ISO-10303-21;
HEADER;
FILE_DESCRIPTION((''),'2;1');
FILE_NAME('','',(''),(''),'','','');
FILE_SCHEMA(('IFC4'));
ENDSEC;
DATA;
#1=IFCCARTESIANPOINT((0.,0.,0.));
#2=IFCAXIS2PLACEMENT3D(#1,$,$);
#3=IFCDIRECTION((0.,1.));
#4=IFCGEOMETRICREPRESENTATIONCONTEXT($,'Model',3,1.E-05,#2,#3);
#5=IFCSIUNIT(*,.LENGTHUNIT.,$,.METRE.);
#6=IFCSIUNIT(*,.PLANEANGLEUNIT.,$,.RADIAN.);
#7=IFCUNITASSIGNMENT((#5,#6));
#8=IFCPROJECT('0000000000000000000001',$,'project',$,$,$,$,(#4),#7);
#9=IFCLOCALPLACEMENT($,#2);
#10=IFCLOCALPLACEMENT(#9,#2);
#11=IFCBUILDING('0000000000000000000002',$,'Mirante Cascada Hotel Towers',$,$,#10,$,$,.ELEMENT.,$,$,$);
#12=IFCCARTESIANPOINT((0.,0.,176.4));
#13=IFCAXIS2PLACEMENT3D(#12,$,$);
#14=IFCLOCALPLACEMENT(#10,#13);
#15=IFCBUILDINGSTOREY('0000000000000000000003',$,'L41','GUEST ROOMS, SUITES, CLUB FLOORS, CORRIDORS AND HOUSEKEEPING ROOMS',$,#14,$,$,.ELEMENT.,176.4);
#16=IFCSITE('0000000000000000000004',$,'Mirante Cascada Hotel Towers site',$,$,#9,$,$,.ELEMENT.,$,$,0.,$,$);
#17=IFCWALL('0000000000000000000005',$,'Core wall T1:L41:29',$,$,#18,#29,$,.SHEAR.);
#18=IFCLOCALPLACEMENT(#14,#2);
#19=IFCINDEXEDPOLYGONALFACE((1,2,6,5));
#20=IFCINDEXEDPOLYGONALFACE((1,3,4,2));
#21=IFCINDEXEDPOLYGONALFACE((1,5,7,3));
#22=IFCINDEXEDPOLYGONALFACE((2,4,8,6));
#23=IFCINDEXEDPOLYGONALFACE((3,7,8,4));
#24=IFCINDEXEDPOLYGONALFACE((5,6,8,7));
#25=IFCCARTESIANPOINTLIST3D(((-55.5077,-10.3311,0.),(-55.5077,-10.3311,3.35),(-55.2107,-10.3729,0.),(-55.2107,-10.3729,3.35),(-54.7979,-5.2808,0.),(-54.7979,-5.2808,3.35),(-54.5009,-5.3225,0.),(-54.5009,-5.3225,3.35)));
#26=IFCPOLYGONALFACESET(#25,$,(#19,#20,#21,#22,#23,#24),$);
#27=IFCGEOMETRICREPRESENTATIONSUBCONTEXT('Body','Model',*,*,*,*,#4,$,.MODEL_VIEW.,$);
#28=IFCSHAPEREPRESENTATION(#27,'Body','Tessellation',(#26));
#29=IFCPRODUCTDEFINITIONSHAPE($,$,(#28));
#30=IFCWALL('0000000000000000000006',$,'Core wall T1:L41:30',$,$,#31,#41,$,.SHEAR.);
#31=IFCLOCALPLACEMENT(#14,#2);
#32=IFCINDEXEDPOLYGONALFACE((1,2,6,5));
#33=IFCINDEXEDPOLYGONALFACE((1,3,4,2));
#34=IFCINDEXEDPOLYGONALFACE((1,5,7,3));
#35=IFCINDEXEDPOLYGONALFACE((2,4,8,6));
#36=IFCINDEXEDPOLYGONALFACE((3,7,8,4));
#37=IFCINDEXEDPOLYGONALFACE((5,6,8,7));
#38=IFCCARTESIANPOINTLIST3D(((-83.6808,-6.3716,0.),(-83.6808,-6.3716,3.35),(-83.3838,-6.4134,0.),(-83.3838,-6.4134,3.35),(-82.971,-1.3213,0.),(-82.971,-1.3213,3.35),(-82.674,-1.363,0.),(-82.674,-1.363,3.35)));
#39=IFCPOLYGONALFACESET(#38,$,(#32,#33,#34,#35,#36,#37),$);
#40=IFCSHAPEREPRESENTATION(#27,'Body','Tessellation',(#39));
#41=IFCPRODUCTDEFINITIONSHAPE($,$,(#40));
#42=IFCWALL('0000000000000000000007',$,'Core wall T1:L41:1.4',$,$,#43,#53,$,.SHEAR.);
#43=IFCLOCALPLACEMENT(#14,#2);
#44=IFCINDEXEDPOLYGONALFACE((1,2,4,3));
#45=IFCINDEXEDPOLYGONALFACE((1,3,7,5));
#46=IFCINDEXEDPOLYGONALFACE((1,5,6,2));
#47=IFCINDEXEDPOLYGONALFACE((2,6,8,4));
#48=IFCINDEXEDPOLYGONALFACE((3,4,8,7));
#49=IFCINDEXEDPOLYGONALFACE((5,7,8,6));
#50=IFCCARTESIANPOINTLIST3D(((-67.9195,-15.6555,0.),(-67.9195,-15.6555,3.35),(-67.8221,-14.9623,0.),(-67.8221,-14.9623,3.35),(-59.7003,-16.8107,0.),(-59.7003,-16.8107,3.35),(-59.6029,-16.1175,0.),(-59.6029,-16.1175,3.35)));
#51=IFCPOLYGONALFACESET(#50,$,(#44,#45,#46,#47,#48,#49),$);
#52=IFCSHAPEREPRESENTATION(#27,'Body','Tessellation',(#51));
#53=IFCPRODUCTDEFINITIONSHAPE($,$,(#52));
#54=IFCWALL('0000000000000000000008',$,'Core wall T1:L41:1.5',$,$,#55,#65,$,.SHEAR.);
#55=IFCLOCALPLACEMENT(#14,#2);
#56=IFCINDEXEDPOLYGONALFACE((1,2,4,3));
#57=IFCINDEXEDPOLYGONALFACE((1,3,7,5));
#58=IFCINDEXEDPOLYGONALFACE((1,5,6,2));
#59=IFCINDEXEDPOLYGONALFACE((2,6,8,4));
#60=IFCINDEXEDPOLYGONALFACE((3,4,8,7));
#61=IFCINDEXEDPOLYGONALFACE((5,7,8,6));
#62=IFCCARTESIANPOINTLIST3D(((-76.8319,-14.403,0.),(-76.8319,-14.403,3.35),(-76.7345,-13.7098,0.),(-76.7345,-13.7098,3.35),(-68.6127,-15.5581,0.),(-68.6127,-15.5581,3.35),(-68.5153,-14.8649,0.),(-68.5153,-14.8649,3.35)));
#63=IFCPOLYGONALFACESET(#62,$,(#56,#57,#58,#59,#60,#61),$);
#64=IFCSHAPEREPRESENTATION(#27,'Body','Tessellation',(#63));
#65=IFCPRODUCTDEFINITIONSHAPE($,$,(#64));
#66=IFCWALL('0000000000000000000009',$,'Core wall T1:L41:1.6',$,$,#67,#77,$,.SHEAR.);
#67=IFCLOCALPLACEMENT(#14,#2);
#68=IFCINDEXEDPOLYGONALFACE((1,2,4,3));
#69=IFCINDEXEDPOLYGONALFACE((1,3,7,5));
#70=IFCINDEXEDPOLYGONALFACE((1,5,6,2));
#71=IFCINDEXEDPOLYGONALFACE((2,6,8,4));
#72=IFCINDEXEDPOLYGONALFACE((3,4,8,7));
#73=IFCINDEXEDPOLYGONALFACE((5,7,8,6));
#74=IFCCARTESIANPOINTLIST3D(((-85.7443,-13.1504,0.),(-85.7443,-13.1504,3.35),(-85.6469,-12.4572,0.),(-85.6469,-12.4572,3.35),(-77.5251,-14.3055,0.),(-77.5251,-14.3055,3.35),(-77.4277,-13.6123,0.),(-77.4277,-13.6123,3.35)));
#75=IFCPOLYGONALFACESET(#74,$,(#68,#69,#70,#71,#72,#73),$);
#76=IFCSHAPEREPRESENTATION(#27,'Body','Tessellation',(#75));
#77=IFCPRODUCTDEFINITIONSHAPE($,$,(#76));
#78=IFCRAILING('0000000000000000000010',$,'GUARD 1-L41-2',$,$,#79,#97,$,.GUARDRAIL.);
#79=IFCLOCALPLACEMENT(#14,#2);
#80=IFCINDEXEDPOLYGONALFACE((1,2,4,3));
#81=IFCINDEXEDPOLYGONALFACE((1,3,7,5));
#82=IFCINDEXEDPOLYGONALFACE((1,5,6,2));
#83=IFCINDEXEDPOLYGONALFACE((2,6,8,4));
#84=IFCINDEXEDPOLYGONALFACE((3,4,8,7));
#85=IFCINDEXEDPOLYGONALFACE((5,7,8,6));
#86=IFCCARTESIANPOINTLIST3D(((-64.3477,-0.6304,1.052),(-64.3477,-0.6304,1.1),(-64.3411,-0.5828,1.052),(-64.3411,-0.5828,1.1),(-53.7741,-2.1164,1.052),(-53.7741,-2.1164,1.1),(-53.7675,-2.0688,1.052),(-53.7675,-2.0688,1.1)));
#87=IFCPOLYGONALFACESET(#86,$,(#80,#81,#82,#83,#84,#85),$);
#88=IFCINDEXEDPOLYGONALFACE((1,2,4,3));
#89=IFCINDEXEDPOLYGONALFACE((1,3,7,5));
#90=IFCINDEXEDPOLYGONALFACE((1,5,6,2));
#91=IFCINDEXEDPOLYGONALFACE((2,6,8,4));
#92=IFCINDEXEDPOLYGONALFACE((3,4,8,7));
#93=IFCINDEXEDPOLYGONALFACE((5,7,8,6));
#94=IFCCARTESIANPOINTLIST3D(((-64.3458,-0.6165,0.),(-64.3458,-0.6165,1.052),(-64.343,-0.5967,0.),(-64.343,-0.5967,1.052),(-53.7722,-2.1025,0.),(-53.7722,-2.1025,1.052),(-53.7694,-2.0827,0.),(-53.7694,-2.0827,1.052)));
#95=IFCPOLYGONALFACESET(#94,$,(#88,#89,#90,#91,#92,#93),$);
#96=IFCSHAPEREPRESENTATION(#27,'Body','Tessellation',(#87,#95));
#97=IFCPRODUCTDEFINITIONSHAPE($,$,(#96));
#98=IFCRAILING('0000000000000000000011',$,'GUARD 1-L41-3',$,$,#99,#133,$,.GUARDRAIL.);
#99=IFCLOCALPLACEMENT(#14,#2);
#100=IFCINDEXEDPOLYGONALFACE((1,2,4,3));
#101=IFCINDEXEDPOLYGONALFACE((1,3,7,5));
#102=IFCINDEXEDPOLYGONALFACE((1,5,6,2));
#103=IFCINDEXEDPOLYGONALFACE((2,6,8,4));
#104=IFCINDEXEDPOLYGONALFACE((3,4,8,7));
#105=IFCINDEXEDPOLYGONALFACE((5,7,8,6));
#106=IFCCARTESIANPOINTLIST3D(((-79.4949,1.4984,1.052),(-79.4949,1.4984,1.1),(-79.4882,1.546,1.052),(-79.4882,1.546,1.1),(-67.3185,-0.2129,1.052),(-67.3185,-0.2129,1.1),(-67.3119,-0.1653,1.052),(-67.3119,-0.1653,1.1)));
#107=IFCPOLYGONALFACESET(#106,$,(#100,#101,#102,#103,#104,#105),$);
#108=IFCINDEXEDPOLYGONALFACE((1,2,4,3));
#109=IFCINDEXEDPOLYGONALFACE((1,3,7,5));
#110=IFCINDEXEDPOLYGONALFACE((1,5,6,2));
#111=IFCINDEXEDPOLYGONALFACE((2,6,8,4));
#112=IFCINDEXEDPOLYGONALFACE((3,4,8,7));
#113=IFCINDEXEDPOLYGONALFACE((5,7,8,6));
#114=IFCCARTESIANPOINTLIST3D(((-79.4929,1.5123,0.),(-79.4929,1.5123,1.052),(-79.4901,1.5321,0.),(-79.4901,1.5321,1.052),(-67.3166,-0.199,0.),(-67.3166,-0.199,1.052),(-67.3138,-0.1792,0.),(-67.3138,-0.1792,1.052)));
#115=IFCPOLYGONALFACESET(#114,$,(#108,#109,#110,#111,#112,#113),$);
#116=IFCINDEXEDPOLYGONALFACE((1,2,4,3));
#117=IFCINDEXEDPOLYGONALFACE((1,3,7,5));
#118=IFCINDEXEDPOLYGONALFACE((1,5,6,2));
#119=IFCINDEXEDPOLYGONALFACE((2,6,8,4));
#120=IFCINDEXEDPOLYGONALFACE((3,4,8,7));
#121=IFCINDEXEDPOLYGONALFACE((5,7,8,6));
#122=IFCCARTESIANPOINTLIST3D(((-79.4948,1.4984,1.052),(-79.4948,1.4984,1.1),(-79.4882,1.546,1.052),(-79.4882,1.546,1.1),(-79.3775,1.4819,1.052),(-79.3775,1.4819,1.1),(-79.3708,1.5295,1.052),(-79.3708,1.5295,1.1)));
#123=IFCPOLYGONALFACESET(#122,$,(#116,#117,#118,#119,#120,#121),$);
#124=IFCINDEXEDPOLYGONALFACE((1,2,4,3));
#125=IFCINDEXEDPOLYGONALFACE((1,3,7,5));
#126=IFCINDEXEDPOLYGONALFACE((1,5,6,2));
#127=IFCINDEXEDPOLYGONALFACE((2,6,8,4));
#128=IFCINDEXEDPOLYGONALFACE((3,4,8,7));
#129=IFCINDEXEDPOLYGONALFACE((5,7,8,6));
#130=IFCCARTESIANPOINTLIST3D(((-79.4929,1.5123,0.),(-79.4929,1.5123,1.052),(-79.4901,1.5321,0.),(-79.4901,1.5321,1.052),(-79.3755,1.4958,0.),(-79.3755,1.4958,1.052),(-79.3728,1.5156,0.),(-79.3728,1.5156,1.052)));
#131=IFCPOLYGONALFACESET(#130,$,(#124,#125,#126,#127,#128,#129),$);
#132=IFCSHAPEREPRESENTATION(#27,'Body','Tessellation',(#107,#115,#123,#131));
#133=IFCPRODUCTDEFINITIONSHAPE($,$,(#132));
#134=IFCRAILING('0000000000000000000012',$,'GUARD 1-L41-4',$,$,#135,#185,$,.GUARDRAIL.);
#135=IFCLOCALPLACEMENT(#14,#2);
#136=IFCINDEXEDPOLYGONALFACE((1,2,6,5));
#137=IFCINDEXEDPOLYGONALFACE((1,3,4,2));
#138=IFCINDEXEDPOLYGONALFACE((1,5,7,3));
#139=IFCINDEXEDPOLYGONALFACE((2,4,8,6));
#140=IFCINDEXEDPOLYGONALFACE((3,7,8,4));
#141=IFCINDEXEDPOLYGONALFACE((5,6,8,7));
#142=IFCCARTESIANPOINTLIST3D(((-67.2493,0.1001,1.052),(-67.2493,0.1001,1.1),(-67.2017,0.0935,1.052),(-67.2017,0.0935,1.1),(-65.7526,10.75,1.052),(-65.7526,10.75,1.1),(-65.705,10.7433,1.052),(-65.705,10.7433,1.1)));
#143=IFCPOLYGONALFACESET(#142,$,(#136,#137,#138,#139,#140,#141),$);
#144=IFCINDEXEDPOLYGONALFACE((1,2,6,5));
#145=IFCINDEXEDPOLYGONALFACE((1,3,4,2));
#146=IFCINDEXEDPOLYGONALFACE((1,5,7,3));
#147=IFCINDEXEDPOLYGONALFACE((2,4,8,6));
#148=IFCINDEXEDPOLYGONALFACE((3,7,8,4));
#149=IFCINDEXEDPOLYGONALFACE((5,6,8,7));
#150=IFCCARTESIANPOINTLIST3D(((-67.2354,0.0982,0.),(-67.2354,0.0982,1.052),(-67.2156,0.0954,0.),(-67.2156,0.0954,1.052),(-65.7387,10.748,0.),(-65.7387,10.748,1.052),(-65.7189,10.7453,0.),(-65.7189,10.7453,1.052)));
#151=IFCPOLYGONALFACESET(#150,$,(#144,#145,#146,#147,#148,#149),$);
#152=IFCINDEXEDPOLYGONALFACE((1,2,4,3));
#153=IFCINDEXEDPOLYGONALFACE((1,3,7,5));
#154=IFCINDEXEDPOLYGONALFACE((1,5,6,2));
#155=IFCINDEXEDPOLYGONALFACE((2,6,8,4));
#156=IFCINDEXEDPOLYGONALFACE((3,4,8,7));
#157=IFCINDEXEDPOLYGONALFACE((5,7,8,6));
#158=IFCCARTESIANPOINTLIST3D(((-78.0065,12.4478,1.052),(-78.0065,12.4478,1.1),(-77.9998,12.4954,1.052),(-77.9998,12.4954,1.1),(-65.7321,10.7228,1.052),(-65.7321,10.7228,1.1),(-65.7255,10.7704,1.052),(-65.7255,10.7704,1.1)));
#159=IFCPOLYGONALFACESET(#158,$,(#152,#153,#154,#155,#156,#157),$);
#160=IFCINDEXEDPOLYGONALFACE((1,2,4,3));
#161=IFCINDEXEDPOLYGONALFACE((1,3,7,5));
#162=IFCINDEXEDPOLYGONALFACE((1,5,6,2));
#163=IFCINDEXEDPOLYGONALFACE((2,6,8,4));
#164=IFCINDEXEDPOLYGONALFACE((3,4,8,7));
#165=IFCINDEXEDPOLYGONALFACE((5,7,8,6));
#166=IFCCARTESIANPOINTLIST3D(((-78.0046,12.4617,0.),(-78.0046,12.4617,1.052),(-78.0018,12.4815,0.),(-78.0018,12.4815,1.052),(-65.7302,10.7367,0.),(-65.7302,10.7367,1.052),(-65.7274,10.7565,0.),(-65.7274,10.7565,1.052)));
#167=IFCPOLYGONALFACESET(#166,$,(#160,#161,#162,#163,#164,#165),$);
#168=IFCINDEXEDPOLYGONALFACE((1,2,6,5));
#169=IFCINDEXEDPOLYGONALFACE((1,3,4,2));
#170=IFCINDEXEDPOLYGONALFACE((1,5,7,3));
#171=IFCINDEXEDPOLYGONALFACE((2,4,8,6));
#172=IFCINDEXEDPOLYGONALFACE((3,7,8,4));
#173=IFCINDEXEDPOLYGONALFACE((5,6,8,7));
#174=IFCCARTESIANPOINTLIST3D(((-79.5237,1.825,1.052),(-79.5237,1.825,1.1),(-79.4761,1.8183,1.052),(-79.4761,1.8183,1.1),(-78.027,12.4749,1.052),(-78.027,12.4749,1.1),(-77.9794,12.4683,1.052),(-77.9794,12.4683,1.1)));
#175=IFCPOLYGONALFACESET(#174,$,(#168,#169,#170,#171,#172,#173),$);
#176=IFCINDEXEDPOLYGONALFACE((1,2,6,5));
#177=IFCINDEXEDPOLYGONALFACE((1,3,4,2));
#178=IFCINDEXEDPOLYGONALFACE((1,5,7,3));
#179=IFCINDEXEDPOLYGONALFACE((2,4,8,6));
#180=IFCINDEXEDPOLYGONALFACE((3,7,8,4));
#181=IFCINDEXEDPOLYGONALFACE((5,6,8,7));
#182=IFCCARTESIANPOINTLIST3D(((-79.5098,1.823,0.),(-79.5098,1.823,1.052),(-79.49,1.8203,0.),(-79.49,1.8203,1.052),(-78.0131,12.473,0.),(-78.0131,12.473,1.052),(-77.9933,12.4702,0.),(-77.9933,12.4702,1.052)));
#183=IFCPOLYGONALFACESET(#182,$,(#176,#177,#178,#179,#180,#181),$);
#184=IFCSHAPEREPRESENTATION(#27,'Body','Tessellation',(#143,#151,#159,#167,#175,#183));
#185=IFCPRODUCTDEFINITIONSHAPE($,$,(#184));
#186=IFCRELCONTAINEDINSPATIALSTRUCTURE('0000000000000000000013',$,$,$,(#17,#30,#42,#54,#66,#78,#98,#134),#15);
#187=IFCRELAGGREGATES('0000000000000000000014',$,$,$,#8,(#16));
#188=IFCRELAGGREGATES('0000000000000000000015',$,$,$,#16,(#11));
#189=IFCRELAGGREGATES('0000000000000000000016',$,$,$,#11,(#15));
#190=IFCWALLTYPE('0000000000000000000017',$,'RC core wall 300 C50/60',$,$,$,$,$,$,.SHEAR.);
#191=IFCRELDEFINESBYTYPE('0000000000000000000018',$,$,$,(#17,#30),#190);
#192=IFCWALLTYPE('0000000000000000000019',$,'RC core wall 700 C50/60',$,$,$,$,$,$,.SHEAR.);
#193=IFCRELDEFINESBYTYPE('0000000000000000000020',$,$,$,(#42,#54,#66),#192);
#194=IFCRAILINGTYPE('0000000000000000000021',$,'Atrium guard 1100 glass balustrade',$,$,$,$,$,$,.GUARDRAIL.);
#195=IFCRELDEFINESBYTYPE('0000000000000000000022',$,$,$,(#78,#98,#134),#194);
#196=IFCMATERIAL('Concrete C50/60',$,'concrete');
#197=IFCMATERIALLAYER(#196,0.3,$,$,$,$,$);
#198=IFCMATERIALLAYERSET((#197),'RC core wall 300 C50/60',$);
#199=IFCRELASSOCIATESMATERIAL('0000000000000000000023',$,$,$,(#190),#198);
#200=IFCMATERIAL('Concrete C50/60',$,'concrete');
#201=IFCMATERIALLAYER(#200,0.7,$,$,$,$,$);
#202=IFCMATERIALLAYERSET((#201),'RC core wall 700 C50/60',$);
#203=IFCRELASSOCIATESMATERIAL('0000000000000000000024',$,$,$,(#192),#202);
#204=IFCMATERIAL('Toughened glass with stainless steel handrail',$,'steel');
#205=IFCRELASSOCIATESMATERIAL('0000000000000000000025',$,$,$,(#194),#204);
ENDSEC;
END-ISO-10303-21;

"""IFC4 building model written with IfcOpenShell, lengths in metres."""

from ifc_helpers import new_model, si_unit, direction, frame, frame_2d, origin, origin_2d, place, context, subcontext, project, spatial, rectangle, extrude, material, layer, layer_set, type_object, element, save


model = new_model("IFC4")

# Units and contexts
model_context = context("Model", 3, precision=1e-05, world=origin(), true_north=direction((0.0, 1.0)))
body_context = subcontext(model_context, "Body", "Model", "MODEL_VIEW")
ifc_project = project(units=[si_unit("LENGTHUNIT", "METRE"), si_unit("PLANEANGLEUNIT", "RADIAN")], contexts=[model_context])

# Site, building, storey
site_placement = place(None, origin())
site = spatial("IfcSite", under=ifc_project, at=site_placement, Name="Mirante Cascada Hotel Towers site", CompositionType="ELEMENT", RefElevation=0.0)
building_placement = place(site_placement, origin())
building = spatial("IfcBuilding", under=site, at=building_placement, Name="Mirante Cascada Hotel Towers", CompositionType="ELEMENT")
storey_placement = place(building_placement, frame((0.0, 0.0, 176.4)))
storey = spatial("IfcBuildingStorey", under=building, at=storey_placement, Name="L41", Description="GUEST ROOMS, SUITES, CLUB FLOORS, CORRIDORS AND HOUSEKEEPING ROOMS", CompositionType="ELEMENT", Elevation=176.4)

# Shared definitions
ifc_material_1 = material(Name="Concrete C50/60", Category="concrete")
ifc_layer_1 = layer(ifc_material_1, 0.3)
ifc_layer_set_1 = layer_set([ifc_layer_1], Name="RC core wall 300 C50/60")
wall_type_1 = type_object("IfcWallType", Name="RC core wall 300 C50/60", PredefinedType="SHEAR", material=ifc_layer_set_1)

# Walls
for number, where, z_axis, x_axis, name in (
    (1, (-55.3592, -10.352, 0.0), (0.0, 0.0, 1.0), (0.139176, 0.990268, 0.0), "Core wall T1:L41:29"),
    (2, (-83.5323, -6.3925, 0.0), (0.0, 0.0, 1.0), (0.139176, 0.990268, 0.0), "Core wall T1:L41:30"),
):
    element("IfcWall", number, at=place(storey_placement, frame(where, z_axis=z_axis, x_axis=x_axis)), inside=storey, type_object=wall_type_1, Name=name, PredefinedType="SHEAR", context=body_context, shape_type="SweptSolid", body=[
        extrude(rectangle(XDim=5.1, YDim=0.3, at=frame_2d((2.55, 0.0))), origin(), (0.0, 0.0, 1.0), 3.35),
    ])
ifc_material_2 = material(Name="Concrete C50/60", Category="concrete")
ifc_layer_2 = layer(ifc_material_2, 0.7)
ifc_layer_set_2 = layer_set([ifc_layer_2], Name="RC core wall 700 C50/60")
wall_type_2 = type_object("IfcWallType", Name="RC core wall 700 C50/60", PredefinedType="SHEAR", material=ifc_layer_set_2)
for number, where, z_axis, x_axis, name in (
    (3, (-59.6516, -16.4641, 0.0), (0.0, 0.0, 1.0), (-0.990267, 0.139181, 0.0), "Core wall T1:L41:1.4"),
    (4, (-68.564, -15.2115, 0.0), (0.0, 0.0, 1.0), (-0.990269, 0.139169, 0.0), "Core wall T1:L41:1.5"),
    (5, (-77.4764, -13.9589, 0.0), (0.0, 0.0, 1.0), (-0.990269, 0.139169, 0.0), "Core wall T1:L41:1.6"),
):
    element("IfcWall", number, at=place(storey_placement, frame(where, z_axis=z_axis, x_axis=x_axis)), inside=storey, type_object=wall_type_2, Name=name, PredefinedType="SHEAR", context=body_context, shape_type="SweptSolid", body=[
        extrude(rectangle(XDim=8.3, YDim=0.7, at=frame_2d((4.15, 0.0))), origin(), (0.0, 0.0, 1.0), 3.35),
    ])

# Railings
ifc_material_3 = material(Name="Toughened glass with stainless steel handrail", Category="steel")
railing_type_1 = type_object("IfcRailingType", Name="Atrium guard 1100 glass balustrade", PredefinedType="GUARDRAIL", material=ifc_material_3)
railing_1_placement = place(storey_placement, frame((-53.7708, -2.0926, 0.0)))
element("IfcRailing", 6, at=railing_1_placement, inside=storey, type_object=railing_type_1, Name="GUARD 1-L41-2", PredefinedType="GUARDRAIL", context=body_context, shape_type="SweptSolid", body=[
    extrude(rectangle(XDim=0.048, YDim=0.048, at=origin_2d()), frame((0.0, 0.0, 1.076), z_axis=(-0.990268, 0.139171, 0.0), x_axis=(-0.139171, -0.990268, 0.0)), (0.0, 0.0, 1.0), 10.6775),
    extrude(rectangle(XDim=0.02, YDim=1.052, at=origin_2d()), frame((0.0, 0.0, 0.526), z_axis=(-0.990268, 0.139171, 0.0), x_axis=(-0.139171, -0.990268, 0.0)), (0.0, 0.0, 1.0), 10.6775),
])
railing_2_placement = place(storey_placement, frame((-67.3152, -0.1891, 0.0)))
element("IfcRailing", 7, at=railing_2_placement, inside=storey, type_object=railing_type_1, Name="GUARD 1-L41-3", PredefinedType="GUARDRAIL", context=body_context, shape_type="SweptSolid", body=[
    extrude(rectangle(XDim=0.048, YDim=0.048, at=origin_2d()), frame((0.0, 0.0, 1.076), z_axis=(-0.990268, 0.139176, 0.0), x_axis=(-0.139176, -0.990268, 0.0)), (0.0, 0.0, 1.0), 12.296),
    extrude(rectangle(XDim=0.02, YDim=1.052, at=origin_2d()), frame((0.0, 0.0, 0.526), z_axis=(-0.990268, 0.139176, 0.0), x_axis=(-0.139176, -0.990268, 0.0)), (0.0, 0.0, 1.0), 12.296),
    extrude(rectangle(XDim=0.048, YDim=0.048, at=origin_2d()), frame((-12.1763, 1.7113, 1.076), z_axis=(0.990251, -0.139294, 0.0), x_axis=(0.139294, 0.990251, 0.0)), (0.0, 0.0, 1.0), 0.1185),
    extrude(rectangle(XDim=0.02, YDim=1.052, at=origin_2d()), frame((-12.1763, 1.7113, 0.526), z_axis=(0.990251, -0.139294, 0.0), x_axis=(0.139294, 0.990251, 0.0)), (0.0, 0.0, 1.0), 0.1185),
])
railing_3_placement = place(storey_placement, frame((-67.2255, 0.0968, 0.0)))
element("IfcRailing", 8, at=railing_3_placement, inside=storey, type_object=railing_type_1, Name="GUARD 1-L41-4", PredefinedType="GUARDRAIL", context=body_context, shape_type="SweptSolid", body=[
    extrude(rectangle(XDim=0.048, YDim=0.048, at=origin_2d()), frame((0.0, 0.0, 1.076), z_axis=(0.13917, 0.990268, 0.0), x_axis=(-0.990268, 0.13917, 0.0)), (0.0, 0.0, 1.0), 10.7545),
    extrude(rectangle(XDim=0.02, YDim=1.052, at=origin_2d()), frame((0.0, 0.0, 0.526), z_axis=(0.13917, 0.990268, 0.0), x_axis=(-0.990268, 0.13917, 0.0)), (0.0, 0.0, 1.0), 10.7545),
    extrude(rectangle(XDim=0.048, YDim=0.048, at=origin_2d()), frame((1.4967, 10.6498, 1.076), z_axis=(-0.990269, 0.139169, 0.0), x_axis=(-0.139169, -0.990269, 0.0)), (0.0, 0.0, 1.0), 12.395),
    extrude(rectangle(XDim=0.02, YDim=1.052, at=origin_2d()), frame((1.4967, 10.6498, 0.526), z_axis=(-0.990269, 0.139169, 0.0), x_axis=(-0.139169, -0.990269, 0.0)), (0.0, 0.0, 1.0), 12.395),
    extrude(rectangle(XDim=0.048, YDim=0.048, at=origin_2d()), frame((-10.7777, 12.3748, 1.076), z_axis=(-0.139169, -0.990269, 0.0), x_axis=(0.990269, -0.139169, 0.0)), (0.0, 0.0, 1.0), 10.7546),
    extrude(rectangle(XDim=0.02, YDim=1.052, at=origin_2d()), frame((-10.7777, 12.3748, 0.526), z_axis=(-0.139169, -0.990269, 0.0), x_axis=(0.990269, -0.139169, 0.0)), (0.0, 0.0, 1.0), 10.7546),
])

save(model, "model.ifc")
